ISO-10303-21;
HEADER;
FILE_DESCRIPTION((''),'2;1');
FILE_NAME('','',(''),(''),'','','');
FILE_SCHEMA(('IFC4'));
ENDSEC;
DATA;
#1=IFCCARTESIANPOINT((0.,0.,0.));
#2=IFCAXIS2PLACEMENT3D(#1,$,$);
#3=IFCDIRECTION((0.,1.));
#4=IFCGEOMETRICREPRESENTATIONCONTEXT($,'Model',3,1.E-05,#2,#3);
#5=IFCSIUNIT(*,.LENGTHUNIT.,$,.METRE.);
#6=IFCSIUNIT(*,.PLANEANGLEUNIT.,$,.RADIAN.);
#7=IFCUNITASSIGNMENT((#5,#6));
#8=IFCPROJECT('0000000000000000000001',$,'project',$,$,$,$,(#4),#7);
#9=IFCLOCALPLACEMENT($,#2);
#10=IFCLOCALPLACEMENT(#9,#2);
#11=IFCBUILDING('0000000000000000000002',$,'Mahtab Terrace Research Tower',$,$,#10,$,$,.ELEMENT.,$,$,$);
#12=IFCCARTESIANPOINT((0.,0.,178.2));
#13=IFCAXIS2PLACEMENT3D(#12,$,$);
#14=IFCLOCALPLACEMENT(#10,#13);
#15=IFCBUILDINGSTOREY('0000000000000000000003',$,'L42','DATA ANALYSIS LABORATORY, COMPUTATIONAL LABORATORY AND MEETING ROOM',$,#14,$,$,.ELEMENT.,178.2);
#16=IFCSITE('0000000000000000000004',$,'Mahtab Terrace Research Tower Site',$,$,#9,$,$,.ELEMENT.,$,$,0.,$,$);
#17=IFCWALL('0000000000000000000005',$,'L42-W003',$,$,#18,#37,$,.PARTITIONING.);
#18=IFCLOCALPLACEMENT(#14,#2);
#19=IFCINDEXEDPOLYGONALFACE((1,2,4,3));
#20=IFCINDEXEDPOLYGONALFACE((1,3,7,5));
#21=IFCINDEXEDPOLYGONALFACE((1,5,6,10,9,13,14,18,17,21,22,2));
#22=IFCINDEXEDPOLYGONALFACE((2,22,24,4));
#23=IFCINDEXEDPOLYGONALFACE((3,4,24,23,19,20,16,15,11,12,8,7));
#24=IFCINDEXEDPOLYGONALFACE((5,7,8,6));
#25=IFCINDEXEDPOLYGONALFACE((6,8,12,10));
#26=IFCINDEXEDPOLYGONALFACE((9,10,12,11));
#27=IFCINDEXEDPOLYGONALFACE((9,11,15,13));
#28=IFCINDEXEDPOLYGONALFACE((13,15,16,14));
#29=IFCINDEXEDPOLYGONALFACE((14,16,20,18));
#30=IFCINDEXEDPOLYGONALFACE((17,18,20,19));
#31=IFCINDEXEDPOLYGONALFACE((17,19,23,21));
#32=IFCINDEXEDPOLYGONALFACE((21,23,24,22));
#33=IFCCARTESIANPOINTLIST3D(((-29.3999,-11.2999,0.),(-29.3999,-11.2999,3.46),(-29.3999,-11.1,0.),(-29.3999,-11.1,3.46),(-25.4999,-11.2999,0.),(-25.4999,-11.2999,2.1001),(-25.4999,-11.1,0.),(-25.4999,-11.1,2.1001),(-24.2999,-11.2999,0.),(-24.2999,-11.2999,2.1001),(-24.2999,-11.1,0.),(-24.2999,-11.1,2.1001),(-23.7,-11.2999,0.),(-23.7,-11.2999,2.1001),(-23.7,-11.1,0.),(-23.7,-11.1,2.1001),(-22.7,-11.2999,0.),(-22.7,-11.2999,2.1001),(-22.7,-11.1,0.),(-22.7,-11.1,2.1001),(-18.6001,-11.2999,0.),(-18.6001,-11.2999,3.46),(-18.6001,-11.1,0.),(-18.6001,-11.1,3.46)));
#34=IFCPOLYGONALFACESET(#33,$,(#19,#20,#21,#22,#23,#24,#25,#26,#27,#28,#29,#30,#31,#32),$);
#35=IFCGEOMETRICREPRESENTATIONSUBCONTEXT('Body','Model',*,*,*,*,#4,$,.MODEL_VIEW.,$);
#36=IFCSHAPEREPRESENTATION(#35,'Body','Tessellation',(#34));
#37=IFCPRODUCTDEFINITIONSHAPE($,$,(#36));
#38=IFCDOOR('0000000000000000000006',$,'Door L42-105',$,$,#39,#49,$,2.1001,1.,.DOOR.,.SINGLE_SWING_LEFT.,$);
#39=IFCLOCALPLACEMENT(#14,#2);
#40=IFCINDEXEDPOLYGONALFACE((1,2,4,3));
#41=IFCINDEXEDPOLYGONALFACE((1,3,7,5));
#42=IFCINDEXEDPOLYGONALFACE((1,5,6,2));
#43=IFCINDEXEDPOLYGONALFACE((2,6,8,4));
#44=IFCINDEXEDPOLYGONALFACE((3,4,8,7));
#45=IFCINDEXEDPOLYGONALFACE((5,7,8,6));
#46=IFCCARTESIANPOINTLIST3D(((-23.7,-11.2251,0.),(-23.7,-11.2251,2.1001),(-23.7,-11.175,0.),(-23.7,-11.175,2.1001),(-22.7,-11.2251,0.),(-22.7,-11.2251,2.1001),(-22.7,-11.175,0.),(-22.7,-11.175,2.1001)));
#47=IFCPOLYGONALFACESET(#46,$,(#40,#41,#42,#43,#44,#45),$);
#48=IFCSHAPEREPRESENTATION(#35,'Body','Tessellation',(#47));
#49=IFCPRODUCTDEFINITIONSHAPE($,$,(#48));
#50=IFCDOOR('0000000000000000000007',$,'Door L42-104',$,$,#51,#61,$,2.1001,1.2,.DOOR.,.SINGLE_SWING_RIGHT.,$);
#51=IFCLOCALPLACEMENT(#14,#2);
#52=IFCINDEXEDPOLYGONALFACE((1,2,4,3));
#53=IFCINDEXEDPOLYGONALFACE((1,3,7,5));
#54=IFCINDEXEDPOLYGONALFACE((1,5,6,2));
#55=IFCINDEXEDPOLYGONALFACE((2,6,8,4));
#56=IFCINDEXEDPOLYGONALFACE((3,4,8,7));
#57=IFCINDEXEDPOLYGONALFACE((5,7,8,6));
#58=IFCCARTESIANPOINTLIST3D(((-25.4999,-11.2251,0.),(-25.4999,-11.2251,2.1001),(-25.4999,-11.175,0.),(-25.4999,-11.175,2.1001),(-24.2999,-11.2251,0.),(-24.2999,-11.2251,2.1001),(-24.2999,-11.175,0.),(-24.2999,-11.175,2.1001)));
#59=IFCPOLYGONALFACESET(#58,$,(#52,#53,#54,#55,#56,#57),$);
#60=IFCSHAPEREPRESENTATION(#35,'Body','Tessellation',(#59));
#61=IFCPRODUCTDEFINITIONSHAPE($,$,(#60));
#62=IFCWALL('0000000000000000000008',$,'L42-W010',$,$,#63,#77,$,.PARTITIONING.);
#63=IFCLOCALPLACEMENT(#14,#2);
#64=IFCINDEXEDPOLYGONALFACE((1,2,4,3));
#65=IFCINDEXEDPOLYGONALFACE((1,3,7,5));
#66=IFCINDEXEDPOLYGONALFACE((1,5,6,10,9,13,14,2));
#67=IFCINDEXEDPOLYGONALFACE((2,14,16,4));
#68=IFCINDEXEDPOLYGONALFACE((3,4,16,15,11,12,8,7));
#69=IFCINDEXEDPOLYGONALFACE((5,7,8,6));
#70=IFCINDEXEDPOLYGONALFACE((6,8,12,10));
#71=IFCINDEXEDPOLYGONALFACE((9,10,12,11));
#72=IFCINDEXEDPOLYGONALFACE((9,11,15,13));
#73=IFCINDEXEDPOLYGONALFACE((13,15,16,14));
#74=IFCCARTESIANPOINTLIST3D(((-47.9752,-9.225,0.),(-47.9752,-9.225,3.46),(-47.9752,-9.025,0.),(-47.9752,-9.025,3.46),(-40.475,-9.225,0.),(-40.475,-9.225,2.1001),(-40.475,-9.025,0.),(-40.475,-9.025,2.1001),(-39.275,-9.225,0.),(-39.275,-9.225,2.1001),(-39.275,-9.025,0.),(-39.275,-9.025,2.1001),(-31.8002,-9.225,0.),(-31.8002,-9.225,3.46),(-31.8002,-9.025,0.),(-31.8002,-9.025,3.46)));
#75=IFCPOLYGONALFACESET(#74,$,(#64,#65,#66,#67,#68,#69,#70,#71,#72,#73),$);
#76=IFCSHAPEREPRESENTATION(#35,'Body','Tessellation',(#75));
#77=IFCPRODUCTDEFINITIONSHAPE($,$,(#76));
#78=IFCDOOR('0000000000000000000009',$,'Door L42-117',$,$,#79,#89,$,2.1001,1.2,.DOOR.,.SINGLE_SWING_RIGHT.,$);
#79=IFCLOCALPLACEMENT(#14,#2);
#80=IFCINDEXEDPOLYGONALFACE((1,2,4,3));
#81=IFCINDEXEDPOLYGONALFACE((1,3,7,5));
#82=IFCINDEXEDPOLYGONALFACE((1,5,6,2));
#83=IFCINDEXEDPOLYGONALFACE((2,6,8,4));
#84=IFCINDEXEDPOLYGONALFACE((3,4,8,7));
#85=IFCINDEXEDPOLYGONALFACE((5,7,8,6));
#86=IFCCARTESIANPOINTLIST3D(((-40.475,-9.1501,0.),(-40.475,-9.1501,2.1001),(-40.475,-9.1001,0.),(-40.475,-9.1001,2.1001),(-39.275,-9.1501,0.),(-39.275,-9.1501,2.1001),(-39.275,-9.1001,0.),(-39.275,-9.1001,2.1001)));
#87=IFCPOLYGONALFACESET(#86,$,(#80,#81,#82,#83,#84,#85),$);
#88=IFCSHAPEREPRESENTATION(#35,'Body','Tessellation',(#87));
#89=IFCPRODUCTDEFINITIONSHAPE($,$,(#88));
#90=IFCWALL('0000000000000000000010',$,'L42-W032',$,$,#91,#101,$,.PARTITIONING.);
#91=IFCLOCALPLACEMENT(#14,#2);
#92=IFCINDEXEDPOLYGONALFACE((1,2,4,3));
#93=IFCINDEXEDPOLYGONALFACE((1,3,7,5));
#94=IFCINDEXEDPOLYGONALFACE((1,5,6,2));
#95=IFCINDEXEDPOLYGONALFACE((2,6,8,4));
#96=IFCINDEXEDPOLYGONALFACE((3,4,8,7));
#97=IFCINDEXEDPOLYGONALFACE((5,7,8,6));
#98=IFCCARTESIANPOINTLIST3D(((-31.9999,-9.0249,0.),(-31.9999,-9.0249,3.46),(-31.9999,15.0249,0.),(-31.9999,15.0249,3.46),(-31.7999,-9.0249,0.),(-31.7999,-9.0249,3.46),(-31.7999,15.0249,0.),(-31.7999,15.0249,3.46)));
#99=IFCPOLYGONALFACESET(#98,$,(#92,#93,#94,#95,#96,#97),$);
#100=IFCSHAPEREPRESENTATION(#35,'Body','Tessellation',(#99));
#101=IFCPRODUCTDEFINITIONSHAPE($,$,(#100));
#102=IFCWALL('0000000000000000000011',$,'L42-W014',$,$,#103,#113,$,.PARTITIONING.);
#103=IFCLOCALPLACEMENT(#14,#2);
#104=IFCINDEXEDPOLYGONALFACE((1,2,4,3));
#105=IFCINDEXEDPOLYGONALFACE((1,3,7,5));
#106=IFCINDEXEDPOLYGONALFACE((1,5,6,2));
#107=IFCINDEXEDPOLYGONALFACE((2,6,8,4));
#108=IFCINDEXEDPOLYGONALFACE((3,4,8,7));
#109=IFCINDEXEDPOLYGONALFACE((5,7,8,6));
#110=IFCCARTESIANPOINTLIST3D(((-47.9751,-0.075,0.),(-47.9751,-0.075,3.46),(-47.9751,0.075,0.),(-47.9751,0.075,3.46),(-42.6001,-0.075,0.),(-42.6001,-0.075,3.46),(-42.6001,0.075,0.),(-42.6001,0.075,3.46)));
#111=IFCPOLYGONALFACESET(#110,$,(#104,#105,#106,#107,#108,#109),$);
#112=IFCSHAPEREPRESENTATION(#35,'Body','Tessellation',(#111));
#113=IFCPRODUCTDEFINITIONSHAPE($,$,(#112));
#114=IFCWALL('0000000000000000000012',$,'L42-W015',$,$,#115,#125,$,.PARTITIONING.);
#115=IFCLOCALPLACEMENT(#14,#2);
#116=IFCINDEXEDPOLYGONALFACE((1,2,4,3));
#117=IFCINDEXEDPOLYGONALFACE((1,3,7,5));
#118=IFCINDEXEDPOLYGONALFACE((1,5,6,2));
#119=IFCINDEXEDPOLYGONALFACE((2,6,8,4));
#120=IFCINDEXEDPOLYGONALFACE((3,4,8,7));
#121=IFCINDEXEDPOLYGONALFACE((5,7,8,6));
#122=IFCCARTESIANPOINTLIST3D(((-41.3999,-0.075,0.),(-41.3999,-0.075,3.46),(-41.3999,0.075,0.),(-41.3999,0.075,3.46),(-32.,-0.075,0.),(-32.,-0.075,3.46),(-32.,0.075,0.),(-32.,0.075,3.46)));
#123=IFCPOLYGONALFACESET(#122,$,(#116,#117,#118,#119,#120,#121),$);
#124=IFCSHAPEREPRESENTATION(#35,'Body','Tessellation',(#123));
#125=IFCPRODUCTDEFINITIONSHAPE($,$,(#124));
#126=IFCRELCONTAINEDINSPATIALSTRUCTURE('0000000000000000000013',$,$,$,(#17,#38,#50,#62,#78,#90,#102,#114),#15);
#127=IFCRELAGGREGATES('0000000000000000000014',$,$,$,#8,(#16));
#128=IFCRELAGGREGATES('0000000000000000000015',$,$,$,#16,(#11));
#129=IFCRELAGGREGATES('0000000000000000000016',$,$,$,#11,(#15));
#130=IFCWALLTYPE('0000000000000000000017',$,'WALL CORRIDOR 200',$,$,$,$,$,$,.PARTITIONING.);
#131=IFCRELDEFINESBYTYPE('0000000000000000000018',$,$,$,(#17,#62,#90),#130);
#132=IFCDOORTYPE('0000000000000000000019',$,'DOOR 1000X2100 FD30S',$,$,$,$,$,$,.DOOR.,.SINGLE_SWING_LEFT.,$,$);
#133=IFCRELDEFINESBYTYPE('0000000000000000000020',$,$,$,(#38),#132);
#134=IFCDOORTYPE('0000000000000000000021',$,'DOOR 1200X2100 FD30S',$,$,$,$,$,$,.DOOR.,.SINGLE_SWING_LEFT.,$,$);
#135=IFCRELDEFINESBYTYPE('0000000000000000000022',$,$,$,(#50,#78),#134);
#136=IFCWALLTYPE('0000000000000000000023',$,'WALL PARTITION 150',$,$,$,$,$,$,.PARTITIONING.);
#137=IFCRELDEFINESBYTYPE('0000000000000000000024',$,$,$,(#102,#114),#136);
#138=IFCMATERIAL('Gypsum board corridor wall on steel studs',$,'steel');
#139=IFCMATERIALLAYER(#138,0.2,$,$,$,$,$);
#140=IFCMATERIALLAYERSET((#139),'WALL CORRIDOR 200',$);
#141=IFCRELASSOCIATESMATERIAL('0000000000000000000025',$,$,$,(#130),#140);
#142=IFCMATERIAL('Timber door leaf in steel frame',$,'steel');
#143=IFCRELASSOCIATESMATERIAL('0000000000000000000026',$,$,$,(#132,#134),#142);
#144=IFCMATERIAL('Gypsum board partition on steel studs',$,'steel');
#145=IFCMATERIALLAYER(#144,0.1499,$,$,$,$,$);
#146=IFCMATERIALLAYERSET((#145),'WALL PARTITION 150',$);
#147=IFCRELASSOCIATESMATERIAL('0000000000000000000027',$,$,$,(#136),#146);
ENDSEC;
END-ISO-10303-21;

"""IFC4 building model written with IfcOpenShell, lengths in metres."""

from ifc_helpers import new_model, si_unit, direction, frame, frame_2d, origin, place, context, subcontext, project, spatial, rectangle, extrude, material, layer, layer_set, type_object, element, fill, save


model = new_model("IFC4")

# Units and contexts
model_context = context("Model", 3, precision=1e-05, world=origin(), true_north=direction((0.0, 1.0)))
body_context = subcontext(model_context, "Body", "Model", "MODEL_VIEW")
ifc_project = project(units=[si_unit("LENGTHUNIT", "METRE"), si_unit("PLANEANGLEUNIT", "RADIAN")], contexts=[model_context])

# Site, building, storey
site_placement = place(None, origin())
site = spatial("IfcSite", under=ifc_project, at=site_placement, Name="Mahtab Terrace Research Tower Site", CompositionType="ELEMENT", RefElevation=0.0)
building_placement = place(site_placement, origin())
building = spatial("IfcBuilding", under=site, at=building_placement, Name="Mahtab Terrace Research Tower", CompositionType="ELEMENT")
storey_placement = place(building_placement, frame((0.0, 0.0, 178.2)))
storey = spatial("IfcBuildingStorey", under=building, at=storey_placement, Name="L42", Description="DATA ANALYSIS LABORATORY, COMPUTATIONAL LABORATORY AND MEETING ROOM", CompositionType="ELEMENT", Elevation=178.2)

# Shared definitions
ifc_material_1 = material(Name="Gypsum board corridor wall on steel studs", Category="steel")
ifc_layer_1 = layer(ifc_material_1, 0.2)
ifc_layer_set_1 = layer_set([ifc_layer_1], Name="WALL CORRIDOR 200")
wall_type_1 = type_object("IfcWallType", Name="WALL CORRIDOR 200", PredefinedType="PARTITIONING", material=ifc_layer_set_1)
ifc_material_2 = material(Name="Timber door leaf in steel frame", Category="steel")
door_type_1 = type_object("IfcDoorType", Name="DOOR 1000X2100 FD30S", OperationType="SINGLE_SWING_LEFT", PredefinedType="DOOR", material=ifc_material_2)

# Wall, openings, doors
wall_1_placement = place(storey_placement, frame((-29.3999, -11.2, 0.0), z_axis=(0.0, 0.0, 1.0), x_axis=(1.0, 0.0, 0.0)))
wall_1 = element("IfcWall", 1, at=wall_1_placement, inside=storey, type_object=wall_type_1, Name="L42-W003", PredefinedType="PARTITIONING", context=body_context, shape_type="SweptSolid", body=[
    extrude(rectangle(XDim=10.7998, YDim=0.2, at=frame_2d((5.3999, 0.0))), origin(), (0.0, 0.0, 1.0), 3.46),
])
opening_1_placement = place(wall_1_placement, frame((3.8999, 0.0, 0.0)))
opening_1 = element("IfcOpeningElement", 2, at=opening_1_placement, cuts=wall_1, PredefinedType="OPENING", context=body_context, shape_type="SweptSolid", body=[
    extrude(rectangle(XDim=1.2, YDim=2.1001, at=frame_2d((0.6001, 1.05))), frame((0.0, 0.1099, 0.0), z_axis=(0.0, -1.0, 0.0), x_axis=(1.0, 0.0, 0.0)), (0.0, 0.0, 1.0), 0.22),
])
opening_2_placement = place(wall_1_placement, frame((5.7, 0.0, 0.0)))
opening_2 = element("IfcOpeningElement", 3, at=opening_2_placement, cuts=wall_1, PredefinedType="OPENING", context=body_context, shape_type="SweptSolid", body=[
    extrude(rectangle(XDim=1.0, YDim=2.1001, at=frame_2d((0.5, 1.05))), frame((0.0, 0.1099, 0.0), z_axis=(0.0, -1.0, 0.0), x_axis=(1.0, 0.0, 0.0)), (0.0, 0.0, 1.0), 0.22),
])
door_1_placement = place(opening_2_placement, origin())
door_1 = element("IfcDoor", 4, at=door_1_placement, inside=storey, type_object=door_type_1, Name="Door L42-105", OperationType="SINGLE_SWING_LEFT", OverallHeight=2.1001, OverallWidth=1.0, PredefinedType="DOOR", context=body_context, shape_type="SweptSolid", body=[
    extrude(rectangle(XDim=1.0, YDim=2.1001, at=frame_2d((0.5, 1.05))), frame((0.0, 0.0249, 0.0), z_axis=(0.0, -1.0, 0.0), x_axis=(1.0, 0.0, 0.0)), (0.0, 0.0, 1.0), 0.05),
])
fill(opening_2, door_1)
door_type_2 = type_object("IfcDoorType", Name="DOOR 1200X2100 FD30S", OperationType="SINGLE_SWING_LEFT", PredefinedType="DOOR", material=ifc_material_2)
door_2_placement = place(opening_1_placement, origin())
door_2 = element("IfcDoor", 5, at=door_2_placement, inside=storey, type_object=door_type_2, Name="Door L42-104", OperationType="SINGLE_SWING_RIGHT", OverallHeight=2.1001, OverallWidth=1.2, PredefinedType="DOOR", context=body_context, shape_type="SweptSolid", body=[
    extrude(rectangle(XDim=1.2, YDim=2.1001, at=frame_2d((0.6001, 1.05))), frame((0.0, 0.0249, 0.0), z_axis=(0.0, -1.0, 0.0), x_axis=(1.0, 0.0, 0.0)), (0.0, 0.0, 1.0), 0.05),
])
fill(opening_1, door_2)

# Wall, opening, door
wall_2_placement = place(storey_placement, frame((-47.9751, -9.125, 0.0), z_axis=(0.0, 0.0, 1.0), x_axis=(1.0, 0.0, 0.0)))
wall_2 = element("IfcWall", 6, at=wall_2_placement, inside=storey, type_object=wall_type_1, Name="L42-W010", PredefinedType="PARTITIONING", context=body_context, shape_type="SweptSolid", body=[
    extrude(rectangle(XDim=16.175, YDim=0.2, at=frame_2d((8.0874, 0.0))), origin(), (0.0, 0.0, 1.0), 3.46),
])
opening_3_placement = place(wall_2_placement, frame((7.5, 0.0, 0.0)))
opening_3 = element("IfcOpeningElement", 7, at=opening_3_placement, cuts=wall_2, PredefinedType="OPENING", context=body_context, shape_type="SweptSolid", body=[
    extrude(rectangle(XDim=1.2, YDim=2.1001, at=frame_2d((0.6001, 1.05))), frame((0.0, 0.1099, 0.0), z_axis=(0.0, -1.0, 0.0), x_axis=(1.0, 0.0, 0.0)), (0.0, 0.0, 1.0), 0.22),
])
door_3_placement = place(opening_3_placement, origin())
door_3 = element("IfcDoor", 8, at=door_3_placement, inside=storey, type_object=door_type_2, Name="Door L42-117", OperationType="SINGLE_SWING_RIGHT", OverallHeight=2.1001, OverallWidth=1.2, PredefinedType="DOOR", context=body_context, shape_type="SweptSolid", body=[
    extrude(rectangle(XDim=1.2, YDim=2.1001, at=frame_2d((0.6001, 1.05))), frame((0.0, 0.0249, 0.0), z_axis=(0.0, -1.0, 0.0), x_axis=(1.0, 0.0, 0.0)), (0.0, 0.0, 1.0), 0.05),
])
fill(opening_3, door_3)

# Walls
wall_3_placement = place(storey_placement, frame((-31.8999, -9.0249, 0.0), z_axis=(0.0, 0.0, 1.0), x_axis=(0.0, 1.0, 0.0)))
element("IfcWall", 9, at=wall_3_placement, inside=storey, type_object=wall_type_1, Name="L42-W032", PredefinedType="PARTITIONING", context=body_context, shape_type="SweptSolid", body=[
    extrude(rectangle(XDim=24.0498, YDim=0.2, at=frame_2d((12.0249, 0.0))), origin(), (0.0, 0.0, 1.0), 3.46),
])
ifc_material_3 = material(Name="Gypsum board partition on steel studs", Category="steel")
ifc_layer_2 = layer(ifc_material_3, 0.1499)
ifc_layer_set_2 = layer_set([ifc_layer_2], Name="WALL PARTITION 150")
wall_type_2 = type_object("IfcWallType", Name="WALL PARTITION 150", PredefinedType="PARTITIONING", material=ifc_layer_set_2)
wall_4_placement = place(storey_placement, frame((-47.9751, 0.0, 0.0), z_axis=(0.0, 0.0, 1.0), x_axis=(1.0, 0.0, 0.0)))
element("IfcWall", 10, at=wall_4_placement, inside=storey, type_object=wall_type_2, Name="L42-W014", PredefinedType="PARTITIONING", context=body_context, shape_type="SweptSolid", body=[
    extrude(rectangle(XDim=5.375, YDim=0.1499, at=frame_2d((2.6875, 0.0))), origin(), (0.0, 0.0, 1.0), 3.46),
])
wall_5_placement = place(storey_placement, frame((-41.3999, 0.0, 0.0), z_axis=(0.0, 0.0, 1.0), x_axis=(1.0, 0.0, 0.0)))
element("IfcWall", 11, at=wall_5_placement, inside=storey, type_object=wall_type_2, Name="L42-W015", PredefinedType="PARTITIONING", context=body_context, shape_type="SweptSolid", body=[
    extrude(rectangle(XDim=9.3999, YDim=0.1499, at=frame_2d((4.7, 0.0))), origin(), (0.0, 0.0, 1.0), 3.46),
])

save(model, "model.ifc")
